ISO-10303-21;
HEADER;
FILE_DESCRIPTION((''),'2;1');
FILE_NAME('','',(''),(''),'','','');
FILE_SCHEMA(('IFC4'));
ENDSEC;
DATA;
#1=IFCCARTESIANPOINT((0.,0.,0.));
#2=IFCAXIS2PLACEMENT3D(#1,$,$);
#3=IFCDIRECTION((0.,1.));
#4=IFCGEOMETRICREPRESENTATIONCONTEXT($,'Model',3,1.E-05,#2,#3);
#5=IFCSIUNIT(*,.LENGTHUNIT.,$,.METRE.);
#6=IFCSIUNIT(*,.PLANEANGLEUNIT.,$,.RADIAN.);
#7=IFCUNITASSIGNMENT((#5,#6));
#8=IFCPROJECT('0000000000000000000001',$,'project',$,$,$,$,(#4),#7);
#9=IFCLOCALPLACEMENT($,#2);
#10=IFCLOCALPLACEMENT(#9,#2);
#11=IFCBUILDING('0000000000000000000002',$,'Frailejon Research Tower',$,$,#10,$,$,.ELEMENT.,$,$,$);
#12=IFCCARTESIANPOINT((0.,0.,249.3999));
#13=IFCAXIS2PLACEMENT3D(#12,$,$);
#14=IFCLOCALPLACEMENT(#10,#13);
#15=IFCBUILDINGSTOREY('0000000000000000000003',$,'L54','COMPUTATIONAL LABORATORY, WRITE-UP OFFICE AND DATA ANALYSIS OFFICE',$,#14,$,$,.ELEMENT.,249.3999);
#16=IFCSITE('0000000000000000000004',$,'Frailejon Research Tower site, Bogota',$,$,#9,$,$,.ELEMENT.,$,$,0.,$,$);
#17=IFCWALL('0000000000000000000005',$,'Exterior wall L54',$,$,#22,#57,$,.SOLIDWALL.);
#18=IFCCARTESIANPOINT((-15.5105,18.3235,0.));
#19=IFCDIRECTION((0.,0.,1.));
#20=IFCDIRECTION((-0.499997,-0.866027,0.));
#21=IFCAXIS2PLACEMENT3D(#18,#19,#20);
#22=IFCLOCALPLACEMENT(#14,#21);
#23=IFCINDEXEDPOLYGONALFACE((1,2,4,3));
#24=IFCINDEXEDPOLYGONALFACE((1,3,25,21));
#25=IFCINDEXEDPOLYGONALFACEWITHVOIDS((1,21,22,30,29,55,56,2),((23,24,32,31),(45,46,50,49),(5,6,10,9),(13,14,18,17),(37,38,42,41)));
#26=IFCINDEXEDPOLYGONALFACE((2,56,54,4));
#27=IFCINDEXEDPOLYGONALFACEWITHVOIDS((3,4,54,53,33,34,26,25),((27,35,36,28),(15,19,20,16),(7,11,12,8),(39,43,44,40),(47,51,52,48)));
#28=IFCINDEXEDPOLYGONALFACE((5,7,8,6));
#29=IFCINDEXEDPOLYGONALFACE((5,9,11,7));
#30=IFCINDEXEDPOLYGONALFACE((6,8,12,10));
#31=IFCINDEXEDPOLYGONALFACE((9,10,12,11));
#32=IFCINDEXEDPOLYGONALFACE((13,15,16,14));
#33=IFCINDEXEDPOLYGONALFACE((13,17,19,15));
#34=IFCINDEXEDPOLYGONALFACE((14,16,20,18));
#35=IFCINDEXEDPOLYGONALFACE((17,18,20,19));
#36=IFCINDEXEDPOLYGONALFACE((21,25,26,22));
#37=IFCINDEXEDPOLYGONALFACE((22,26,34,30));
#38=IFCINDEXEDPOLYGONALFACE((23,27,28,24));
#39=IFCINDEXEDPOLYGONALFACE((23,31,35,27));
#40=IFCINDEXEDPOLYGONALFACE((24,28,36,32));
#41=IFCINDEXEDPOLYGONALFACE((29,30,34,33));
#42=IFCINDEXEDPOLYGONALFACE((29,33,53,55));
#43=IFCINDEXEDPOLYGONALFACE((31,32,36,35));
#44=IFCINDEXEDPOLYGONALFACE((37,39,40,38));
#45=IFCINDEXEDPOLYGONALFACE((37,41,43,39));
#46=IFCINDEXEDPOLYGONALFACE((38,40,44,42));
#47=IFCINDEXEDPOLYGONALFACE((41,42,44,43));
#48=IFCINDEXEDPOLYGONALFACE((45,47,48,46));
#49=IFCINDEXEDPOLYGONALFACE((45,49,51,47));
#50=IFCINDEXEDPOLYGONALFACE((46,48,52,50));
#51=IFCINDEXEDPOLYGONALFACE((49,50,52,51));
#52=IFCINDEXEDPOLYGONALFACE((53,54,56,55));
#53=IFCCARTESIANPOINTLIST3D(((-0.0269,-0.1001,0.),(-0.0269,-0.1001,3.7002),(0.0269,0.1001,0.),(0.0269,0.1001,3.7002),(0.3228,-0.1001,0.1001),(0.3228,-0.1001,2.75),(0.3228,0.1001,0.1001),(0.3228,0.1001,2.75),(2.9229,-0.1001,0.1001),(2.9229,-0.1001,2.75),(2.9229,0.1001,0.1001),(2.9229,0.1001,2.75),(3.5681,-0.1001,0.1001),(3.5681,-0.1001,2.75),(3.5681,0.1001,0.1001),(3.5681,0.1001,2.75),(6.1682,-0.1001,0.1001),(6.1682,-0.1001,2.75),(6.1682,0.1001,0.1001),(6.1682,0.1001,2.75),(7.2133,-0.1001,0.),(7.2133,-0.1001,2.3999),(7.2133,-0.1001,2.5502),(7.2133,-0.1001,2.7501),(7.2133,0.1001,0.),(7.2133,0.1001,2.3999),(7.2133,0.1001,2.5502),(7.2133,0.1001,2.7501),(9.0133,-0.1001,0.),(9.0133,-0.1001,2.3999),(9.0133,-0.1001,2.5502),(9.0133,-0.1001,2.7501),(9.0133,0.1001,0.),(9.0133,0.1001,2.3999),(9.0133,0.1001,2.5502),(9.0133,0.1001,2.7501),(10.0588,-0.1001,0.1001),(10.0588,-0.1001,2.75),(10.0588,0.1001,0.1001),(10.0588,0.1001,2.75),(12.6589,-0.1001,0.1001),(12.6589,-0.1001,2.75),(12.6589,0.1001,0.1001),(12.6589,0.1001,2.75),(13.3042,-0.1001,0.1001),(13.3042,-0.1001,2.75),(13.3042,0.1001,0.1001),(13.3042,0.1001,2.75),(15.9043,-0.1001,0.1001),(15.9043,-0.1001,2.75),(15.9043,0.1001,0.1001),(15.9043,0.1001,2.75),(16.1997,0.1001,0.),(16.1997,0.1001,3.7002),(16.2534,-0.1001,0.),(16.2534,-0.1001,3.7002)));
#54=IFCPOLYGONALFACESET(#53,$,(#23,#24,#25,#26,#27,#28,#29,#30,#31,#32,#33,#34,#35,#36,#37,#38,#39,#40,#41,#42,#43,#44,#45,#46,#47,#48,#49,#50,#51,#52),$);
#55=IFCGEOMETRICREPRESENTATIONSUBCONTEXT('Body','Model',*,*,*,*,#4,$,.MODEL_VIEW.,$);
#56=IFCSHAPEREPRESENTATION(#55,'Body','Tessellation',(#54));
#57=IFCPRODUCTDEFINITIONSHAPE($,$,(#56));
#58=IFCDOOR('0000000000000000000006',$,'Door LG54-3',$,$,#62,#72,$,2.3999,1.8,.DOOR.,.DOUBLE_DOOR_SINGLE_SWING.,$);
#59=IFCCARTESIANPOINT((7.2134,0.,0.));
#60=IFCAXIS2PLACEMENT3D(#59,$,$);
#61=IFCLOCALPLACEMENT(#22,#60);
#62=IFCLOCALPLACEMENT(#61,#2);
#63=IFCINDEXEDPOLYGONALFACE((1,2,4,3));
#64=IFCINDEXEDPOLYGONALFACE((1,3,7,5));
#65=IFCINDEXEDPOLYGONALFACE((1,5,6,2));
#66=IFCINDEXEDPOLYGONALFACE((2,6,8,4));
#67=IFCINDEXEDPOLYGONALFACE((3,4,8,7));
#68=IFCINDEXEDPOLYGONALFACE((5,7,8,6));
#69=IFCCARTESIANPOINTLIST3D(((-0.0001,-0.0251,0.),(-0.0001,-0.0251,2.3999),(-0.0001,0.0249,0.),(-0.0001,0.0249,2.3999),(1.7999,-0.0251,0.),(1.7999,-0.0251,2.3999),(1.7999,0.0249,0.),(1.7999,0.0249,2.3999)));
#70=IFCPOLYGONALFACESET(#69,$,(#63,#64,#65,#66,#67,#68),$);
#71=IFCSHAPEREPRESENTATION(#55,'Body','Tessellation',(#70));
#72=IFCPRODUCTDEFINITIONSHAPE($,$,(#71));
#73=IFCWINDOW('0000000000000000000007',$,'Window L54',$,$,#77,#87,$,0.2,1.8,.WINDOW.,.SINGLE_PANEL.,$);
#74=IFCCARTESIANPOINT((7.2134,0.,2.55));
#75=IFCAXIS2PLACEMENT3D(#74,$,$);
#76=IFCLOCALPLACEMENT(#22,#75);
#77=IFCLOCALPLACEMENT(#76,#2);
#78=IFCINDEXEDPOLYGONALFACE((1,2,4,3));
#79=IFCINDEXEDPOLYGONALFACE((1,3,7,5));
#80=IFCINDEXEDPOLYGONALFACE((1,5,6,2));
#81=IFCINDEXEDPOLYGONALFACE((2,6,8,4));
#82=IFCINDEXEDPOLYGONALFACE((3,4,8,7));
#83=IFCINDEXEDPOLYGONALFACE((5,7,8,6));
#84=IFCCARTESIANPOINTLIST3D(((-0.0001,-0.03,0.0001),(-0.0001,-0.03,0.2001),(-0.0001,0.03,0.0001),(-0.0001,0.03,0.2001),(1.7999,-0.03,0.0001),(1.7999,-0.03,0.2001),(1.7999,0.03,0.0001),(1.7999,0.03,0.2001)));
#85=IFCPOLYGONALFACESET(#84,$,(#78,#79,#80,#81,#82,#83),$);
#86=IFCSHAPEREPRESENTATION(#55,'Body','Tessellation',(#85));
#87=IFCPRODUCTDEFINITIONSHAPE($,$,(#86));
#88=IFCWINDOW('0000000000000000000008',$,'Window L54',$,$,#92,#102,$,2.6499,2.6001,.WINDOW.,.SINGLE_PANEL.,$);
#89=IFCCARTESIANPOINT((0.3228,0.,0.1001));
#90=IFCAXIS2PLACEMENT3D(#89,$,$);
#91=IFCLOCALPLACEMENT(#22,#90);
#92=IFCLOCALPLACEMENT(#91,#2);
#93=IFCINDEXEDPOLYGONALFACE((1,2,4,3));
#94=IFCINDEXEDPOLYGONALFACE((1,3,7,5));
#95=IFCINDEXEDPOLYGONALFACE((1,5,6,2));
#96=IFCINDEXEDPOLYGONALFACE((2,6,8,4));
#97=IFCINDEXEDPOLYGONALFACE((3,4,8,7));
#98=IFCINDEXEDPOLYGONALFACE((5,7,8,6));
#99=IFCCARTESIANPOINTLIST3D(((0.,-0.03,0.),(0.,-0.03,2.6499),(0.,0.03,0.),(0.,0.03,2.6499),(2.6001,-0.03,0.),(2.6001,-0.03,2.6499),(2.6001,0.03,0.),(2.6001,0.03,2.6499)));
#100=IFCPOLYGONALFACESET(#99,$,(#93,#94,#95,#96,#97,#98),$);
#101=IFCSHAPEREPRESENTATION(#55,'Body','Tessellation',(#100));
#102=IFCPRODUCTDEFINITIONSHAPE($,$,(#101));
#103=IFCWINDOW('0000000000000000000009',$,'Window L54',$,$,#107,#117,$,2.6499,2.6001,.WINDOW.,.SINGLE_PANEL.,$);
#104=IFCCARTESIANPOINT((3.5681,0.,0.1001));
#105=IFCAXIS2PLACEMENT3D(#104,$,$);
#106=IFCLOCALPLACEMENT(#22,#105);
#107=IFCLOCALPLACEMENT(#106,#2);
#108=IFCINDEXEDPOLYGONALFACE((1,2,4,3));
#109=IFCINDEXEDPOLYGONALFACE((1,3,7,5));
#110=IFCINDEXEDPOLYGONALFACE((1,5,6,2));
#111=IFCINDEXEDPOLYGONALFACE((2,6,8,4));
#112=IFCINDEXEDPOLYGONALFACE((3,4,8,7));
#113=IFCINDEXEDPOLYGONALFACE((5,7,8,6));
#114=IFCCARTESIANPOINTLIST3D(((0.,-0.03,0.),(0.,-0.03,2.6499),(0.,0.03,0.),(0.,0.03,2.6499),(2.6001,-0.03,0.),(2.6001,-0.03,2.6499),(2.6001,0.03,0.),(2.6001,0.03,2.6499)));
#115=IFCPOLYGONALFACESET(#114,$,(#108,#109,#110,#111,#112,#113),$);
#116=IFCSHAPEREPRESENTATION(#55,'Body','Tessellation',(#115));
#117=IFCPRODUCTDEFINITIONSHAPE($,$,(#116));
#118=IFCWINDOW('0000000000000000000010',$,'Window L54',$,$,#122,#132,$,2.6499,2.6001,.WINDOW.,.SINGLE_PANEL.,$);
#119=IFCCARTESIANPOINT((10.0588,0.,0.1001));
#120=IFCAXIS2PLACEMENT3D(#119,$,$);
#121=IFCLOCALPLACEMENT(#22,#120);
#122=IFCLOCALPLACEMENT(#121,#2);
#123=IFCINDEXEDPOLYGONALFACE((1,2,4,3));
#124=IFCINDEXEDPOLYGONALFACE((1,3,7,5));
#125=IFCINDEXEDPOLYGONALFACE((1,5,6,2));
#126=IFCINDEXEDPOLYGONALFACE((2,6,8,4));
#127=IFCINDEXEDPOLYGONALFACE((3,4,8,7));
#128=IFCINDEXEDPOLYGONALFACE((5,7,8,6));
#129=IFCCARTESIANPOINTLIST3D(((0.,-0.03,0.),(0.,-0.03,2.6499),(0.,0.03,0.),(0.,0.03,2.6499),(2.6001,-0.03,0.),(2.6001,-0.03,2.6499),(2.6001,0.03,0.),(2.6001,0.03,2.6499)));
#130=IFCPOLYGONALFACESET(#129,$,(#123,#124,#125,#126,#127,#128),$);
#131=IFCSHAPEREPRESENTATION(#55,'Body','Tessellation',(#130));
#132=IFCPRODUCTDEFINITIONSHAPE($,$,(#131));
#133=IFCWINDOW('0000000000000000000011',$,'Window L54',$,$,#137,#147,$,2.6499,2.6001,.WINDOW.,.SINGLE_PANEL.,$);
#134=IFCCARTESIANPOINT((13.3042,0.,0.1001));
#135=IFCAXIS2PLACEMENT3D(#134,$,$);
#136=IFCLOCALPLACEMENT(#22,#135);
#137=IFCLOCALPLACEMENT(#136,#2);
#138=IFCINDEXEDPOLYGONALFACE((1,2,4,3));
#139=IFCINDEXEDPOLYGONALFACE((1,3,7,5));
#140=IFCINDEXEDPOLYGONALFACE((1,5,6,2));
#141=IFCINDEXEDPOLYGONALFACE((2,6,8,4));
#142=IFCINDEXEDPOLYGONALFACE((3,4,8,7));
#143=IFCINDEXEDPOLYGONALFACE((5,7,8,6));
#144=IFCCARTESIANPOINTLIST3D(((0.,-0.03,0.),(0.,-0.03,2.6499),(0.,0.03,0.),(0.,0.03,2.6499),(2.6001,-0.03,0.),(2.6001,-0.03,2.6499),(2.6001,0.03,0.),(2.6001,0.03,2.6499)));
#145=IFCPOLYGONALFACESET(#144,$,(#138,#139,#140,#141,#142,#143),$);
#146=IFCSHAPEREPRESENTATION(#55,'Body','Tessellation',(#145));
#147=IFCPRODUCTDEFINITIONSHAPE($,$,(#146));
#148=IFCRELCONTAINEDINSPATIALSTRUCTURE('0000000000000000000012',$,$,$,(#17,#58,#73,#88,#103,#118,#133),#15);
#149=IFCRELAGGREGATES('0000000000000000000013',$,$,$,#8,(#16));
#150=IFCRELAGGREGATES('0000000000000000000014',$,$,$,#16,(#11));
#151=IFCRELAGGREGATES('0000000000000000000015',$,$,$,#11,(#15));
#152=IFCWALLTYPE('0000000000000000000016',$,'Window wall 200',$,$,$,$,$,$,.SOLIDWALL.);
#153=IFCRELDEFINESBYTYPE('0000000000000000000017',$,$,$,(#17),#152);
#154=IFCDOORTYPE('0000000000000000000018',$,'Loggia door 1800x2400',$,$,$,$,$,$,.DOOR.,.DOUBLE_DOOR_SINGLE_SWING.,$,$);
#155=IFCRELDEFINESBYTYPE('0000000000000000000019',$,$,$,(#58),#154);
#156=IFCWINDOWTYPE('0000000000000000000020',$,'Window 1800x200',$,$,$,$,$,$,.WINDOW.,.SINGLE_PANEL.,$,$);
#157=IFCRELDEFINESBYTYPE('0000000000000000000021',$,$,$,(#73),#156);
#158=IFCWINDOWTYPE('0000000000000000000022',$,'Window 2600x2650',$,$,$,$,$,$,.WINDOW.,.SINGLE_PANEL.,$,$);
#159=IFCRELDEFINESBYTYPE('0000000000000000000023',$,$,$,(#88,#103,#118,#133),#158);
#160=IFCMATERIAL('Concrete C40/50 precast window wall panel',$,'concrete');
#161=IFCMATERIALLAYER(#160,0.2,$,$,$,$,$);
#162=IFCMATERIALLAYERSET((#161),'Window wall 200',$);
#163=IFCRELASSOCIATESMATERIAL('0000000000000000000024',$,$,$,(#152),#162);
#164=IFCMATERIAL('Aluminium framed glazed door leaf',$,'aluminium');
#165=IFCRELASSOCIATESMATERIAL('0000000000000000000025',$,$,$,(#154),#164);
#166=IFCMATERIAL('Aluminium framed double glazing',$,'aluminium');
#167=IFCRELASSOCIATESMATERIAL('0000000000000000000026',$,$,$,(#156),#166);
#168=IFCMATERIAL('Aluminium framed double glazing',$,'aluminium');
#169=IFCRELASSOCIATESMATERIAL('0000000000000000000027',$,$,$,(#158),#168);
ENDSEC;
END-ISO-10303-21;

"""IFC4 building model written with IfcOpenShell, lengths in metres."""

from ifc_helpers import new_model, si_unit, direction, frame, frame_2d, origin, place, context, subcontext, project, spatial, polyline, rectangle, outline, extrude, material, layer, layer_set, type_object, element, fill, save


model = new_model("IFC4")

# Units and contexts
model_context = context("Model", 3, precision=1e-05, world=origin(), true_north=direction((0.0, 1.0)))
body_context = subcontext(model_context, "Body", "Model", "MODEL_VIEW")
ifc_project = project(units=[si_unit("LENGTHUNIT", "METRE"), si_unit("PLANEANGLEUNIT", "RADIAN")], contexts=[model_context])

# Site, building, storey
site_placement = place(None, origin())
site = spatial("IfcSite", under=ifc_project, at=site_placement, Name="Frailejon Research Tower site, Bogota", CompositionType="ELEMENT", RefElevation=0.0)
building_placement = place(site_placement, origin())
building = spatial("IfcBuilding", under=site, at=building_placement, Name="Frailejon Research Tower", CompositionType="ELEMENT")
storey_placement = place(building_placement, frame((0.0, 0.0, 249.3999)))
storey = spatial("IfcBuildingStorey", under=building, at=storey_placement, Name="L54", Description="COMPUTATIONAL LABORATORY, WRITE-UP OFFICE AND DATA ANALYSIS OFFICE", CompositionType="ELEMENT", Elevation=249.3999)

# Wall, openings, door, windows
ifc_material_1 = material(Name="Concrete C40/50 precast window wall panel", Category="concrete")
ifc_layer_1 = layer(ifc_material_1, 0.2)
ifc_layer_set_1 = layer_set([ifc_layer_1], Name="Window wall 200")
wall_type_1 = type_object("IfcWallType", Name="Window wall 200", PredefinedType="SOLIDWALL", material=ifc_layer_set_1)
wall_1_placement = place(storey_placement, frame((-15.5105, 18.3235, 0.0), z_axis=(0.0, 0.0, 1.0), x_axis=(-0.499997, -0.866027, 0.0)))
wall_1 = element("IfcWall", 1, at=wall_1_placement, inside=storey, type_object=wall_type_1, Name="Exterior wall L54", PredefinedType="SOLIDWALL", context=body_context, shape_type="SweptSolid", body=[
    extrude(outline(polyline([(-0.0269, -0.1001), (0.9907, -0.1001), (2.0083, -0.1001), (3.0256, -0.1001), (4.0432, -0.1001), (5.0608, -0.1001), (6.0781, -0.1001), (7.0957, -0.1001), (8.1133, -0.1001), (9.1309, -0.1001), (10.1484, -0.1001), (11.1658, -0.1001), (12.1833, -0.1001), (13.2009, -0.1001), (14.2183, -0.1001), (15.2358, -0.1001), (16.2534, -0.1001), (16.1997, 0.1001), (15.189, 0.1001), (14.1782, 0.1001), (13.1672, 0.1001), (12.1565, 0.1001), (11.1458, 0.1001), (10.1348, 0.1001), (9.124, 0.1001), (8.1133, 0.1001), (7.1025, 0.1001), (6.0918, 0.1001), (5.0808, 0.1001), (4.0701, 0.1001), (3.0593, 0.1001), (2.0483, 0.1001), (1.0376, 0.1001), (0.0269, 0.1001), (-0.0269, -0.1001)])), origin(), (0.0, 0.0, 1.0), 3.7002),
])
opening_1_placement = place(wall_1_placement, frame((0.3228, 0.0, 0.1001)))
opening_1 = element("IfcOpeningElement", 2, at=opening_1_placement, cuts=wall_1, PredefinedType="OPENING", context=body_context, shape_type="SweptSolid", body=[
    extrude(rectangle(XDim=2.6001, YDim=2.6499, at=frame_2d((1.3, 1.325))), frame((0.0, 0.1099, 0.0), z_axis=(0.0, -1.0, 0.0), x_axis=(1.0, 0.0, 0.0)), (0.0, 0.0, 1.0), 0.22),
])
opening_2_placement = place(wall_1_placement, frame((3.5681, 0.0, 0.1001)))
opening_2 = element("IfcOpeningElement", 3, at=opening_2_placement, cuts=wall_1, PredefinedType="OPENING", context=body_context, shape_type="SweptSolid", body=[
    extrude(rectangle(XDim=2.6001, YDim=2.6499, at=frame_2d((1.3, 1.325))), frame((0.0, 0.1099, 0.0), z_axis=(0.0, -1.0, 0.0), x_axis=(1.0, 0.0, 0.0)), (0.0, 0.0, 1.0), 0.22),
])
opening_3_placement = place(wall_1_placement, frame((7.2134, 0.0, 0.0)))
opening_3 = element("IfcOpeningElement", 4, at=opening_3_placement, cuts=wall_1, PredefinedType="OPENING", context=body_context, shape_type="SweptSolid", body=[
    extrude(rectangle(XDim=1.8, YDim=2.3999, at=frame_2d((0.8999, 1.2))), frame((0.0, 0.1099, 0.0), z_axis=(0.0, -1.0, 0.0), x_axis=(1.0, 0.0, 0.0)), (0.0, 0.0, 1.0), 0.22),
])
opening_4_placement = place(wall_1_placement, frame((7.2134, 0.0, 2.55)))
opening_4 = element("IfcOpeningElement", 5, at=opening_4_placement, cuts=wall_1, PredefinedType="OPENING", context=body_context, shape_type="SweptSolid", body=[
    extrude(rectangle(XDim=1.8, YDim=0.2, at=frame_2d((0.8999, 0.1001))), frame((0.0, 0.1099, 0.0), z_axis=(0.0, -1.0, 0.0), x_axis=(1.0, 0.0, 0.0)), (0.0, 0.0, 1.0), 0.22),
])
opening_5_placement = place(wall_1_placement, frame((10.0588, 0.0, 0.1001)))
opening_5 = element("IfcOpeningElement", 6, at=opening_5_placement, cuts=wall_1, PredefinedType="OPENING", context=body_context, shape_type="SweptSolid", body=[
    extrude(rectangle(XDim=2.6001, YDim=2.6499, at=frame_2d((1.3, 1.325))), frame((0.0, 0.1099, 0.0), z_axis=(0.0, -1.0, 0.0), x_axis=(1.0, 0.0, 0.0)), (0.0, 0.0, 1.0), 0.22),
])
opening_6_placement = place(wall_1_placement, frame((13.3042, 0.0, 0.1001)))
opening_6 = element("IfcOpeningElement", 7, at=opening_6_placement, cuts=wall_1, PredefinedType="OPENING", context=body_context, shape_type="SweptSolid", body=[
    extrude(rectangle(XDim=2.6001, YDim=2.6499, at=frame_2d((1.3, 1.325))), frame((0.0, 0.1099, 0.0), z_axis=(0.0, -1.0, 0.0), x_axis=(1.0, 0.0, 0.0)), (0.0, 0.0, 1.0), 0.22),
])
ifc_material_2 = material(Name="Aluminium framed glazed door leaf", Category="aluminium")
door_type_1 = type_object("IfcDoorType", Name="Loggia door 1800x2400", OperationType="DOUBLE_DOOR_SINGLE_SWING", PredefinedType="DOOR", material=ifc_material_2)
door_1_placement = place(opening_3_placement, origin())
door_1 = element("IfcDoor", 8, at=door_1_placement, inside=storey, type_object=door_type_1, Name="Door LG54-3", OperationType="DOUBLE_DOOR_SINGLE_SWING", OverallHeight=2.3999, OverallWidth=1.8, PredefinedType="DOOR", context=body_context, shape_type="SweptSolid", body=[
    extrude(rectangle(XDim=1.8, YDim=2.3999, at=frame_2d((0.8999, 1.2))), frame((0.0, 0.0249, 0.0), z_axis=(0.0, -1.0, 0.0), x_axis=(1.0, 0.0, 0.0)), (0.0, 0.0, 1.0), 0.05),
])
fill(opening_3, door_1)
ifc_material_3 = material(Name="Aluminium framed double glazing", Category="aluminium")
window_type_1 = type_object("IfcWindowType", Name="Window 1800x200", PartitioningType="SINGLE_PANEL", PredefinedType="WINDOW", material=ifc_material_3)
window_1_placement = place(opening_4_placement, origin())
window_1 = element("IfcWindow", 9, at=window_1_placement, inside=storey, type_object=window_type_1, Name="Window L54", OverallHeight=0.2, OverallWidth=1.8, PartitioningType="SINGLE_PANEL", PredefinedType="WINDOW", context=body_context, shape_type="SweptSolid", body=[
    extrude(rectangle(XDim=1.8, YDim=0.2, at=frame_2d((0.8999, 0.1001))), frame((0.0, 0.03, 0.0), z_axis=(0.0, -1.0, 0.0), x_axis=(1.0, 0.0, 0.0)), (0.0, 0.0, 1.0), 0.0601),
])
fill(opening_4, window_1)
ifc_material_4 = material(Name="Aluminium framed double glazing", Category="aluminium")
window_type_2 = type_object("IfcWindowType", Name="Window 2600x2650", PartitioningType="SINGLE_PANEL", PredefinedType="WINDOW", material=ifc_material_4)
window_2_placement = place(opening_1_placement, origin())
window_2 = element("IfcWindow", 10, at=window_2_placement, inside=storey, type_object=window_type_2, Name="Window L54", OverallHeight=2.6499, OverallWidth=2.6001, PartitioningType="SINGLE_PANEL", PredefinedType="WINDOW", context=body_context, shape_type="SweptSolid", body=[
    extrude(rectangle(XDim=2.6001, YDim=2.6499, at=frame_2d((1.3, 1.325))), frame((0.0, 0.03, 0.0), z_axis=(0.0, -1.0, 0.0), x_axis=(1.0, 0.0, 0.0)), (0.0, 0.0, 1.0), 0.0601),
])
fill(opening_1, window_2)
window_3_placement = place(opening_2_placement, origin())
window_3 = element("IfcWindow", 11, at=window_3_placement, inside=storey, type_object=window_type_2, Name="Window L54", OverallHeight=2.6499, OverallWidth=2.6001, PartitioningType="SINGLE_PANEL", PredefinedType="WINDOW", context=body_context, shape_type="SweptSolid", body=[
    extrude(rectangle(XDim=2.6001, YDim=2.6499, at=frame_2d((1.3, 1.325))), frame((0.0, 0.03, 0.0), z_axis=(0.0, -1.0, 0.0), x_axis=(1.0, 0.0, 0.0)), (0.0, 0.0, 1.0), 0.0601),
])
fill(opening_2, window_3)
window_4_placement = place(opening_5_placement, origin())
window_4 = element("IfcWindow", 12, at=window_4_placement, inside=storey, type_object=window_type_2, Name="Window L54", OverallHeight=2.6499, OverallWidth=2.6001, PartitioningType="SINGLE_PANEL", PredefinedType="WINDOW", context=body_context, shape_type="SweptSolid", body=[
    extrude(rectangle(XDim=2.6001, YDim=2.6499, at=frame_2d((1.3, 1.325))), frame((0.0, 0.03, 0.0), z_axis=(0.0, -1.0, 0.0), x_axis=(1.0, 0.0, 0.0)), (0.0, 0.0, 1.0), 0.0601),
])
fill(opening_5, window_4)
window_5_placement = place(opening_6_placement, origin())
window_5 = element("IfcWindow", 13, at=window_5_placement, inside=storey, type_object=window_type_2, Name="Window L54", OverallHeight=2.6499, OverallWidth=2.6001, PartitioningType="SINGLE_PANEL", PredefinedType="WINDOW", context=body_context, shape_type="SweptSolid", body=[
    extrude(rectangle(XDim=2.6001, YDim=2.6499, at=frame_2d((1.3, 1.325))), frame((0.0, 0.03, 0.0), z_axis=(0.0, -1.0, 0.0), x_axis=(1.0, 0.0, 0.0)), (0.0, 0.0, 1.0), 0.0601),
])
fill(opening_6, window_5)

save(model, "model.ifc")
